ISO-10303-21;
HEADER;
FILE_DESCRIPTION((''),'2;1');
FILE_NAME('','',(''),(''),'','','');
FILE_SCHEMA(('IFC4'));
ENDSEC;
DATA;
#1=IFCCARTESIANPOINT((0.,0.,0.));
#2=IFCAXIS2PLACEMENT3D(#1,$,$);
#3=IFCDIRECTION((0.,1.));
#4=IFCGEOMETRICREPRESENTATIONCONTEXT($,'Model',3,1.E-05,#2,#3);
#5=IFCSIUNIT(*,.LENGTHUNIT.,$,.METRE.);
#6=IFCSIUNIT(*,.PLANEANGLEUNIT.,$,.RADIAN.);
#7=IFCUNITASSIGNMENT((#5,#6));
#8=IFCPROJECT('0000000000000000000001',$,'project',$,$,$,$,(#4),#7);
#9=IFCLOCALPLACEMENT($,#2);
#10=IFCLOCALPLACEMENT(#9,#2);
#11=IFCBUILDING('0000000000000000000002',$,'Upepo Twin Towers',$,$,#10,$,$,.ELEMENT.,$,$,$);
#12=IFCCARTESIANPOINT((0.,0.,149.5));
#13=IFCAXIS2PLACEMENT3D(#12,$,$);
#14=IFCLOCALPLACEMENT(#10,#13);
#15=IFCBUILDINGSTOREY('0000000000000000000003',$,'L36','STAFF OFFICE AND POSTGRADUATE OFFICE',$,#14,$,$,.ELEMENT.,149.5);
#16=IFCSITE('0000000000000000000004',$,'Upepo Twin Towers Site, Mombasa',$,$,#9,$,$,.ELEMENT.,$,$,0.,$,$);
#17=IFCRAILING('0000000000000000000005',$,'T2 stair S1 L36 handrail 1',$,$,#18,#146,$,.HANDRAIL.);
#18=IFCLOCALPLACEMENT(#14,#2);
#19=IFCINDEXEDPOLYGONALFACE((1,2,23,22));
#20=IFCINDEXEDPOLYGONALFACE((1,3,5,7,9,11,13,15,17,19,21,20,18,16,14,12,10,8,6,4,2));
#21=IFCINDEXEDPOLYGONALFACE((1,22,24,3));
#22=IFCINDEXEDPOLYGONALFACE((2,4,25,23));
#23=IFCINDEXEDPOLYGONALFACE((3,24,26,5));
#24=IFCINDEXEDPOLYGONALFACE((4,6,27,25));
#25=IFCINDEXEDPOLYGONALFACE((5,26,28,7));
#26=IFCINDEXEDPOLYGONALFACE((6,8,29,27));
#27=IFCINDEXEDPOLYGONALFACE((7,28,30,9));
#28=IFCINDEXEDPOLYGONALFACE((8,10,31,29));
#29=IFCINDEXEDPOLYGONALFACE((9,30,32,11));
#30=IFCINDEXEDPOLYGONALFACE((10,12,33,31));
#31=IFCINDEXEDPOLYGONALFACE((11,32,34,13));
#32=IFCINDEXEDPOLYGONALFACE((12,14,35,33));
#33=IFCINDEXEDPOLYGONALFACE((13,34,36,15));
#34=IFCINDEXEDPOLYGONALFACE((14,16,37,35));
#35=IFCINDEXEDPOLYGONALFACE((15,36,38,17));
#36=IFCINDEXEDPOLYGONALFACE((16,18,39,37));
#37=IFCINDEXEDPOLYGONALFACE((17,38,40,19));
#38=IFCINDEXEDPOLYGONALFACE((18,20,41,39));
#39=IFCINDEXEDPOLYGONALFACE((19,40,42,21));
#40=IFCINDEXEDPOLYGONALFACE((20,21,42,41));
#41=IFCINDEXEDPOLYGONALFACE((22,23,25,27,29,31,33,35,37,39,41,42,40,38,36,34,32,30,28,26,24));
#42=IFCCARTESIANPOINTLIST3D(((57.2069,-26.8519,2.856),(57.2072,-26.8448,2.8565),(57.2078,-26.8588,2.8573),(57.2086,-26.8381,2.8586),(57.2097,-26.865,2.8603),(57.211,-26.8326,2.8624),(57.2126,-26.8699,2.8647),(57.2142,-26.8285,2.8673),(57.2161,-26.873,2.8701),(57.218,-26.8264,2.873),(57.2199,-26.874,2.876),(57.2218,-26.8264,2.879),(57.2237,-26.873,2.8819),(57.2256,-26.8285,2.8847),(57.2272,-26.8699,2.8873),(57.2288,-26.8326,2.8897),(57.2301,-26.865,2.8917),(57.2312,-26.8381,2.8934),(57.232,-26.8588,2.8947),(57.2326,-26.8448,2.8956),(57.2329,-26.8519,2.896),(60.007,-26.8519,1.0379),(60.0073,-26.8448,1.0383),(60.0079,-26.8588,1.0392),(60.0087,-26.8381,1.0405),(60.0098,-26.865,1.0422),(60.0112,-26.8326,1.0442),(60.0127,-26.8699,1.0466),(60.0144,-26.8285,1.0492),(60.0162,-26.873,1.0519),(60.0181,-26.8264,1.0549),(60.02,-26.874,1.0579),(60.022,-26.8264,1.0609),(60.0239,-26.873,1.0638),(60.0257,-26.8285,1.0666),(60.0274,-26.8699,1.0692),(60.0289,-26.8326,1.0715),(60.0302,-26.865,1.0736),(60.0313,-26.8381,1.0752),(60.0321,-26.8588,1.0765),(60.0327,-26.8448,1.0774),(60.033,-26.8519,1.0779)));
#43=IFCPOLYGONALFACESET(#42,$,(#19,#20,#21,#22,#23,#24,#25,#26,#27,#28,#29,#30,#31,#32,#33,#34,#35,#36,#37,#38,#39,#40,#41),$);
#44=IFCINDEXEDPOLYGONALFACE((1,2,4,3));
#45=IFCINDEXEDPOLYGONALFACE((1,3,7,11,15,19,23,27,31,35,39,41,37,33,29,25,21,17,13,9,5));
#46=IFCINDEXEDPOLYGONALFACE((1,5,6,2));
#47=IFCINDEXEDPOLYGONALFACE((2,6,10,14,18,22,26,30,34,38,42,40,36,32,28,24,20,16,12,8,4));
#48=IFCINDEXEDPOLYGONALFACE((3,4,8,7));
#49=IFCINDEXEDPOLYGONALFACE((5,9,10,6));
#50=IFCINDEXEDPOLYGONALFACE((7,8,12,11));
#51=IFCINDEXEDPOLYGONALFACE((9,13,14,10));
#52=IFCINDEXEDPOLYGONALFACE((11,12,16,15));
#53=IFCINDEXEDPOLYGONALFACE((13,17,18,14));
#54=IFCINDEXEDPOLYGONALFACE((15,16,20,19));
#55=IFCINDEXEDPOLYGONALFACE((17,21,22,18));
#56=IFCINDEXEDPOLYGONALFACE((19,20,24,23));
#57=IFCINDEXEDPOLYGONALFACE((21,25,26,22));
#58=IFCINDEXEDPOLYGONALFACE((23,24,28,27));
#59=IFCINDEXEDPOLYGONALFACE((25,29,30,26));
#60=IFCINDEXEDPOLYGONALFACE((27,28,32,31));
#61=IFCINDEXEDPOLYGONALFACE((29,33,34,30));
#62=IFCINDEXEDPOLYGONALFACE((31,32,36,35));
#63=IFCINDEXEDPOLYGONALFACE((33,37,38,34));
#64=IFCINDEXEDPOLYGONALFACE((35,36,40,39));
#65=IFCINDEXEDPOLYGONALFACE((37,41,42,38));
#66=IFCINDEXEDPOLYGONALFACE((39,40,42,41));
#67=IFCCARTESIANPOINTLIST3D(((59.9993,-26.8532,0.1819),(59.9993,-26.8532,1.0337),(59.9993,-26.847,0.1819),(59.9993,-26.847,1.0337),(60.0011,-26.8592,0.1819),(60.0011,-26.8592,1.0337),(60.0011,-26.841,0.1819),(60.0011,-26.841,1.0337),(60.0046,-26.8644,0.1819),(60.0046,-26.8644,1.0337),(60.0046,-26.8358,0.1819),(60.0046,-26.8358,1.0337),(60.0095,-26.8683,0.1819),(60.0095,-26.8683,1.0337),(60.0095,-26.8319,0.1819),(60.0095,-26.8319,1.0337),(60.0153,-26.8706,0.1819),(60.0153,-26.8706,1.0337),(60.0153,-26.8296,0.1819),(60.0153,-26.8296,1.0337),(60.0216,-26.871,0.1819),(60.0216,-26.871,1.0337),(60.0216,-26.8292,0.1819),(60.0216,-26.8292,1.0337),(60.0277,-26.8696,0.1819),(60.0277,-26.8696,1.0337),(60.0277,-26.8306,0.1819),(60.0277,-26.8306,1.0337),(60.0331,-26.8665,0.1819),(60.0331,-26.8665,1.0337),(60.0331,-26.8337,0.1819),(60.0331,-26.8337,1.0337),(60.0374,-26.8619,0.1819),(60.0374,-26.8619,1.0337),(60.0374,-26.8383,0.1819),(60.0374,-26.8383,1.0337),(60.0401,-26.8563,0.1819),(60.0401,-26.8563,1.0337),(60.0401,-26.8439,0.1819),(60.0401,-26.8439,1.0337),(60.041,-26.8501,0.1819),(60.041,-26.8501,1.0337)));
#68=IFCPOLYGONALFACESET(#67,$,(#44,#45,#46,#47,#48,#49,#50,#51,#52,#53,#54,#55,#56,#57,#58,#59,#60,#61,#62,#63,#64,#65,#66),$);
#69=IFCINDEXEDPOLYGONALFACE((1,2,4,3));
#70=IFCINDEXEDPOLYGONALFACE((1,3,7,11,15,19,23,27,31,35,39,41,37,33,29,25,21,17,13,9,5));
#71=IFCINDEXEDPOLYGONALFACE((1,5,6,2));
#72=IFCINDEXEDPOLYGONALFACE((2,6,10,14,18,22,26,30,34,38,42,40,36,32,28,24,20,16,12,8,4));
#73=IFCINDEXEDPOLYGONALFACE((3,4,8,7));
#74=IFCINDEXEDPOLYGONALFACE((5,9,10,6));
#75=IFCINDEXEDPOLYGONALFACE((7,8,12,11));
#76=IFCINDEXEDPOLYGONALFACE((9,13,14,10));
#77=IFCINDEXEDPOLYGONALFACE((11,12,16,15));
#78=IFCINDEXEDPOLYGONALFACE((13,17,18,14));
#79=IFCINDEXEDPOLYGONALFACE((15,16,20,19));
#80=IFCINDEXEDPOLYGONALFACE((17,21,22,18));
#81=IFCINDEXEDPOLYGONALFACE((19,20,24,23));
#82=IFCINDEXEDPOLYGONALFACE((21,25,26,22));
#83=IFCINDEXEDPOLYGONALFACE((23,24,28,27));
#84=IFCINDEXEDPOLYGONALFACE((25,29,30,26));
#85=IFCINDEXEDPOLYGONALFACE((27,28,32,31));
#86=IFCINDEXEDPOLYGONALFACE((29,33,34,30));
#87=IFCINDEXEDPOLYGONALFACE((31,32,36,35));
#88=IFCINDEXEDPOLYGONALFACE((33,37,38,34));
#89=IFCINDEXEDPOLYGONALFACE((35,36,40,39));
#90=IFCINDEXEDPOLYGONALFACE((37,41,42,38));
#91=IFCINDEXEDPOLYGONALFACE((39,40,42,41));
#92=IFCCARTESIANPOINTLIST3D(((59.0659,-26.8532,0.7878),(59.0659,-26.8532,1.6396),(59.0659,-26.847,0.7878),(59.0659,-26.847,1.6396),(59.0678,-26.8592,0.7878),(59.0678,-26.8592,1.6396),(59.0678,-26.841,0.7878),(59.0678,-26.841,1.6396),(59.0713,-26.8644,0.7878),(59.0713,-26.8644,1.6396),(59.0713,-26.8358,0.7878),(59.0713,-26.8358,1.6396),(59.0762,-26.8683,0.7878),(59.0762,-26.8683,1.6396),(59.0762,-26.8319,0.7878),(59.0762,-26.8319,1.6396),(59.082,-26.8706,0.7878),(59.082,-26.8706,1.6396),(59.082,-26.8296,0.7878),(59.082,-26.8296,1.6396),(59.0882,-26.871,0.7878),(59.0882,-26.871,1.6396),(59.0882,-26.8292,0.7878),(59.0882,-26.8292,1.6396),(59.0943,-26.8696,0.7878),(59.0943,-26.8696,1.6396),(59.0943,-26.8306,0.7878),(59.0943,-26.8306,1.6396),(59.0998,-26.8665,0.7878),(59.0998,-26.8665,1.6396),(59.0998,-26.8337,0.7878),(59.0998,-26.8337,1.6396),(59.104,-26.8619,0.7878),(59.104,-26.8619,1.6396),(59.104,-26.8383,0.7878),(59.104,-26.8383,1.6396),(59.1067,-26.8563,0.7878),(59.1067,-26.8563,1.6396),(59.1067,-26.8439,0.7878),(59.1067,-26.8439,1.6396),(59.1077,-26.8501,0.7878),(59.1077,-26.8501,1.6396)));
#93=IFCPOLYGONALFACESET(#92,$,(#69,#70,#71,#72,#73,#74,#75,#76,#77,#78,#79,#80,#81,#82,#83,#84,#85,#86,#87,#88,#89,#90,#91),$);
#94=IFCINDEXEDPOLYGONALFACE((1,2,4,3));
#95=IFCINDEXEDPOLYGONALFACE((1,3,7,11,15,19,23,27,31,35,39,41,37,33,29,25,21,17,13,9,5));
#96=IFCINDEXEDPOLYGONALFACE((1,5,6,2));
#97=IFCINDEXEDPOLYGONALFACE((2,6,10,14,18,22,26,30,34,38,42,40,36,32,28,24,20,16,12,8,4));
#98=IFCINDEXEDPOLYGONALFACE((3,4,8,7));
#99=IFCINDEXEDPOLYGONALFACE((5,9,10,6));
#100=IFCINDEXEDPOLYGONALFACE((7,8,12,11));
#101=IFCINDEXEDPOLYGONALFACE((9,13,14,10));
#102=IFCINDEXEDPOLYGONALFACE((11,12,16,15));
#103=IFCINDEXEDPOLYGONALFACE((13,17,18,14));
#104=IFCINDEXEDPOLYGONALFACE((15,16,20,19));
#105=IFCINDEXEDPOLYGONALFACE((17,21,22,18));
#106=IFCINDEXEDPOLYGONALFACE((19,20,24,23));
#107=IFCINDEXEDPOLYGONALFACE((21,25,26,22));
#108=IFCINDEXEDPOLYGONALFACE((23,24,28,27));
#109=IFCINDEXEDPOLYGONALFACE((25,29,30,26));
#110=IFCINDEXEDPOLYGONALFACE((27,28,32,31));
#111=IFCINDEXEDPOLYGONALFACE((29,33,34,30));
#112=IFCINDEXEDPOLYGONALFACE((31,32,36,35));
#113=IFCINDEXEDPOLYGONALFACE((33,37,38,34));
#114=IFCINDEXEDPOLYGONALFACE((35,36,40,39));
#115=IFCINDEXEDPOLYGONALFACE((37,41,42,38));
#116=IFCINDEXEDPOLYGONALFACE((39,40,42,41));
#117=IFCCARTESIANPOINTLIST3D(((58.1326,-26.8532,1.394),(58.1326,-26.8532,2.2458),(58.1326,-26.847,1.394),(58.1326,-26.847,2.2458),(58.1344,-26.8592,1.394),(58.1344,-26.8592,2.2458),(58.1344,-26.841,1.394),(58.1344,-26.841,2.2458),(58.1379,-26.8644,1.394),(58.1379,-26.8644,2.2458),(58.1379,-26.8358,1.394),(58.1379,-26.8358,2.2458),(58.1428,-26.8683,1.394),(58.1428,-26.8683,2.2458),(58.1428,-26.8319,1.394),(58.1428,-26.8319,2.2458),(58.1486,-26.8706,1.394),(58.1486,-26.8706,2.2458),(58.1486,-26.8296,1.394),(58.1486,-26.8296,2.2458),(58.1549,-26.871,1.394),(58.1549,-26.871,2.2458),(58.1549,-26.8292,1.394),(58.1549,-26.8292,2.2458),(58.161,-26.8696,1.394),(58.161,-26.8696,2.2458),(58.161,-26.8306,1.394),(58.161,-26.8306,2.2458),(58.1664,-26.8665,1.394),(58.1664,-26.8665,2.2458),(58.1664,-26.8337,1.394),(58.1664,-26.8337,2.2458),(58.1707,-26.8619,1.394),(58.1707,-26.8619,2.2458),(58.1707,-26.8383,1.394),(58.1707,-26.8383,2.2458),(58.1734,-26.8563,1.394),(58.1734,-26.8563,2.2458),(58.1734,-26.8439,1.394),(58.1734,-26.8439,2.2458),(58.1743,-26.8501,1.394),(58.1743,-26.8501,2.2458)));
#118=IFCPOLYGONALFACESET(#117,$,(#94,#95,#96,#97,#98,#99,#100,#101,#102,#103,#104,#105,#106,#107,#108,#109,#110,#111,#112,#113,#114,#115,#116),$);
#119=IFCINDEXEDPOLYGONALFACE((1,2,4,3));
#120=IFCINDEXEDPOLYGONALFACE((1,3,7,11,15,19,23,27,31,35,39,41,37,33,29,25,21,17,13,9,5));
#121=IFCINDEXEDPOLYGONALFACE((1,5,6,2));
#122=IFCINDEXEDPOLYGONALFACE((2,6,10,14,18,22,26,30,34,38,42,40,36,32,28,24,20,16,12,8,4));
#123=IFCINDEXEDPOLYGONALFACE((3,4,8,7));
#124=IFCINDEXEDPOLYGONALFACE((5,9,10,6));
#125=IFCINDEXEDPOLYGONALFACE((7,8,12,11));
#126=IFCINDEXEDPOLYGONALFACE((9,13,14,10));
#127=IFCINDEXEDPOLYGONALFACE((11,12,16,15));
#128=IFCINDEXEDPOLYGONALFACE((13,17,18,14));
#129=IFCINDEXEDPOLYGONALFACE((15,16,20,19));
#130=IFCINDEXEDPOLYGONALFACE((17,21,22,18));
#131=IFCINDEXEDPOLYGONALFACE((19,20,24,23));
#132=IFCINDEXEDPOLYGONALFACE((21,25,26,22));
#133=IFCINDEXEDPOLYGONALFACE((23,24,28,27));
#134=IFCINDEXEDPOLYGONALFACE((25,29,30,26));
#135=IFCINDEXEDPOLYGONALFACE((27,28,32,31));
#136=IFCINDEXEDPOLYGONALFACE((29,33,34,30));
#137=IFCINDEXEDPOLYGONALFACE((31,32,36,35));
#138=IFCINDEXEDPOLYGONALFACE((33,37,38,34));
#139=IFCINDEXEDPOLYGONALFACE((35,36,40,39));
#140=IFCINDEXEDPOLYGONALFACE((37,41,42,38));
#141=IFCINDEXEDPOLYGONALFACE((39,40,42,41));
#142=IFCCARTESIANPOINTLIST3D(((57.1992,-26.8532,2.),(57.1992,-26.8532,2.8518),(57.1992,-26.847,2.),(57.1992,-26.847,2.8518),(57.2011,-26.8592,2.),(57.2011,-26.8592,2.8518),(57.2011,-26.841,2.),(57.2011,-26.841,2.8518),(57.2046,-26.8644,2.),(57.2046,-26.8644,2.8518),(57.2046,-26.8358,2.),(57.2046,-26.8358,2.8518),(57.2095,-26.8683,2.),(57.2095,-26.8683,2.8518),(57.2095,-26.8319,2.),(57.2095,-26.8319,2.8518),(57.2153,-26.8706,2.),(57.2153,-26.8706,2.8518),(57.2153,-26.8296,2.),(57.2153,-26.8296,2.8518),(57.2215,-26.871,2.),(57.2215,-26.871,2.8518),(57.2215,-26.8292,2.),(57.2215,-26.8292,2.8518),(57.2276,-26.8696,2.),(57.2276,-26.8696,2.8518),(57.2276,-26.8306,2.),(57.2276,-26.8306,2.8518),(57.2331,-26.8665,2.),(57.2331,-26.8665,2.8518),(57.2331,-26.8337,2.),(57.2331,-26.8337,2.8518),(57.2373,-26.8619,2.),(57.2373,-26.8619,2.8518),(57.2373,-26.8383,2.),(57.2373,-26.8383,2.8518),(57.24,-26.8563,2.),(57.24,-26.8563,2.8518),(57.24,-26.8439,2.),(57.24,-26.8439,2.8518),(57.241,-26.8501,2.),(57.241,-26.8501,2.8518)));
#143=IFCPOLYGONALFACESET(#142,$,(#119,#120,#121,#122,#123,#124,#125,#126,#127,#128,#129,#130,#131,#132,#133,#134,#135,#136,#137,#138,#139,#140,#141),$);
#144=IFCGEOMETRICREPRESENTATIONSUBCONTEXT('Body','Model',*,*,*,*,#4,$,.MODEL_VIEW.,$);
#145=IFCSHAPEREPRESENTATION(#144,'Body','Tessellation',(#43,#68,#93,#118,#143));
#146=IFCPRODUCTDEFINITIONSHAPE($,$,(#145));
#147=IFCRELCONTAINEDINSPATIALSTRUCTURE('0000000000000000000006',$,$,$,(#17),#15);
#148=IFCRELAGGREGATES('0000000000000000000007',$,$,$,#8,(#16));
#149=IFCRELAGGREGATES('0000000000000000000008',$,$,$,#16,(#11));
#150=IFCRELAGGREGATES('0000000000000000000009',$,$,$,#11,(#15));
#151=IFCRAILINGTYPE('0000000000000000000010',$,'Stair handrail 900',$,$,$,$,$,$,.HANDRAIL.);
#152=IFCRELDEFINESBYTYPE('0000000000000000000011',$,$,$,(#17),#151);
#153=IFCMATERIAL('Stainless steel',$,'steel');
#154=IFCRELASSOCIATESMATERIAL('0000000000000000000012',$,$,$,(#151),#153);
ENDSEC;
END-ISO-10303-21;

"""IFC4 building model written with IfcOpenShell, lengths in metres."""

from ifc_helpers import new_model, si_unit, direction, frame, origin, origin_2d, place, context, subcontext, project, spatial, circle, extrude, material, type_object, element, save


model = new_model("IFC4")

# Units and contexts
model_context = context("Model", 3, precision=1e-05, world=origin(), true_north=direction((0.0, 1.0)))
body_context = subcontext(model_context, "Body", "Model", "MODEL_VIEW")
ifc_project = project(units=[si_unit("LENGTHUNIT", "METRE"), si_unit("PLANEANGLEUNIT", "RADIAN")], contexts=[model_context])

# Site, building, storey
site_placement = place(None, origin())
site = spatial("IfcSite", under=ifc_project, at=site_placement, Name="Upepo Twin Towers Site, Mombasa", CompositionType="ELEMENT", RefElevation=0.0)
building_placement = place(site_placement, origin())
building = spatial("IfcBuilding", under=site, at=building_placement, Name="Upepo Twin Towers", CompositionType="ELEMENT")
storey_placement = place(building_placement, frame((0.0, 0.0, 149.5)))
storey = spatial("IfcBuildingStorey", under=building, at=storey_placement, Name="L36", Description="STAFF OFFICE AND POSTGRADUATE OFFICE", CompositionType="ELEMENT", Elevation=149.5)

# Railing
ifc_material_1 = material(Name="Stainless steel", Category="steel")
railing_type = type_object("IfcRailingType", Name="Stair handrail 900", PredefinedType="HANDRAIL", material=ifc_material_1)
railing_1_placement = place(storey_placement, frame((60.02, -26.8501, 0.1819)))
element("IfcRailing", 1, at=railing_1_placement, inside=storey, type_object=railing_type, Name="T2 stair S1 L36 handrail 1", PredefinedType="HANDRAIL", context=body_context, shape_type="SweptSolid", body=[
    extrude(circle(Radius=0.0239, at=origin_2d()), frame((0.0, 0.0, 0.876), z_axis=(-0.838706, 0.0, 0.544585), x_axis=(0.0, -1.0, 0.0)), (0.0, 0.0, 1.0), 3.3386),
    extrude(circle(Radius=0.021, at=origin_2d()), origin(), (0.0, 0.0, 1.0), 0.8518),
    extrude(circle(Radius=0.021, at=origin_2d()), frame((-0.9333, 0.0, 0.606)), (0.0, 0.0, 1.0), 0.8518),
    extrude(circle(Radius=0.021, at=origin_2d()), frame((-1.8667, 0.0, 1.2122)), (0.0, 0.0, 1.0), 0.8518),
    extrude(circle(Radius=0.021, at=origin_2d()), frame((-2.8, 0.0, 1.8181)), (0.0, 0.0, 1.0), 0.8518),
])

save(model, "model.ifc")
